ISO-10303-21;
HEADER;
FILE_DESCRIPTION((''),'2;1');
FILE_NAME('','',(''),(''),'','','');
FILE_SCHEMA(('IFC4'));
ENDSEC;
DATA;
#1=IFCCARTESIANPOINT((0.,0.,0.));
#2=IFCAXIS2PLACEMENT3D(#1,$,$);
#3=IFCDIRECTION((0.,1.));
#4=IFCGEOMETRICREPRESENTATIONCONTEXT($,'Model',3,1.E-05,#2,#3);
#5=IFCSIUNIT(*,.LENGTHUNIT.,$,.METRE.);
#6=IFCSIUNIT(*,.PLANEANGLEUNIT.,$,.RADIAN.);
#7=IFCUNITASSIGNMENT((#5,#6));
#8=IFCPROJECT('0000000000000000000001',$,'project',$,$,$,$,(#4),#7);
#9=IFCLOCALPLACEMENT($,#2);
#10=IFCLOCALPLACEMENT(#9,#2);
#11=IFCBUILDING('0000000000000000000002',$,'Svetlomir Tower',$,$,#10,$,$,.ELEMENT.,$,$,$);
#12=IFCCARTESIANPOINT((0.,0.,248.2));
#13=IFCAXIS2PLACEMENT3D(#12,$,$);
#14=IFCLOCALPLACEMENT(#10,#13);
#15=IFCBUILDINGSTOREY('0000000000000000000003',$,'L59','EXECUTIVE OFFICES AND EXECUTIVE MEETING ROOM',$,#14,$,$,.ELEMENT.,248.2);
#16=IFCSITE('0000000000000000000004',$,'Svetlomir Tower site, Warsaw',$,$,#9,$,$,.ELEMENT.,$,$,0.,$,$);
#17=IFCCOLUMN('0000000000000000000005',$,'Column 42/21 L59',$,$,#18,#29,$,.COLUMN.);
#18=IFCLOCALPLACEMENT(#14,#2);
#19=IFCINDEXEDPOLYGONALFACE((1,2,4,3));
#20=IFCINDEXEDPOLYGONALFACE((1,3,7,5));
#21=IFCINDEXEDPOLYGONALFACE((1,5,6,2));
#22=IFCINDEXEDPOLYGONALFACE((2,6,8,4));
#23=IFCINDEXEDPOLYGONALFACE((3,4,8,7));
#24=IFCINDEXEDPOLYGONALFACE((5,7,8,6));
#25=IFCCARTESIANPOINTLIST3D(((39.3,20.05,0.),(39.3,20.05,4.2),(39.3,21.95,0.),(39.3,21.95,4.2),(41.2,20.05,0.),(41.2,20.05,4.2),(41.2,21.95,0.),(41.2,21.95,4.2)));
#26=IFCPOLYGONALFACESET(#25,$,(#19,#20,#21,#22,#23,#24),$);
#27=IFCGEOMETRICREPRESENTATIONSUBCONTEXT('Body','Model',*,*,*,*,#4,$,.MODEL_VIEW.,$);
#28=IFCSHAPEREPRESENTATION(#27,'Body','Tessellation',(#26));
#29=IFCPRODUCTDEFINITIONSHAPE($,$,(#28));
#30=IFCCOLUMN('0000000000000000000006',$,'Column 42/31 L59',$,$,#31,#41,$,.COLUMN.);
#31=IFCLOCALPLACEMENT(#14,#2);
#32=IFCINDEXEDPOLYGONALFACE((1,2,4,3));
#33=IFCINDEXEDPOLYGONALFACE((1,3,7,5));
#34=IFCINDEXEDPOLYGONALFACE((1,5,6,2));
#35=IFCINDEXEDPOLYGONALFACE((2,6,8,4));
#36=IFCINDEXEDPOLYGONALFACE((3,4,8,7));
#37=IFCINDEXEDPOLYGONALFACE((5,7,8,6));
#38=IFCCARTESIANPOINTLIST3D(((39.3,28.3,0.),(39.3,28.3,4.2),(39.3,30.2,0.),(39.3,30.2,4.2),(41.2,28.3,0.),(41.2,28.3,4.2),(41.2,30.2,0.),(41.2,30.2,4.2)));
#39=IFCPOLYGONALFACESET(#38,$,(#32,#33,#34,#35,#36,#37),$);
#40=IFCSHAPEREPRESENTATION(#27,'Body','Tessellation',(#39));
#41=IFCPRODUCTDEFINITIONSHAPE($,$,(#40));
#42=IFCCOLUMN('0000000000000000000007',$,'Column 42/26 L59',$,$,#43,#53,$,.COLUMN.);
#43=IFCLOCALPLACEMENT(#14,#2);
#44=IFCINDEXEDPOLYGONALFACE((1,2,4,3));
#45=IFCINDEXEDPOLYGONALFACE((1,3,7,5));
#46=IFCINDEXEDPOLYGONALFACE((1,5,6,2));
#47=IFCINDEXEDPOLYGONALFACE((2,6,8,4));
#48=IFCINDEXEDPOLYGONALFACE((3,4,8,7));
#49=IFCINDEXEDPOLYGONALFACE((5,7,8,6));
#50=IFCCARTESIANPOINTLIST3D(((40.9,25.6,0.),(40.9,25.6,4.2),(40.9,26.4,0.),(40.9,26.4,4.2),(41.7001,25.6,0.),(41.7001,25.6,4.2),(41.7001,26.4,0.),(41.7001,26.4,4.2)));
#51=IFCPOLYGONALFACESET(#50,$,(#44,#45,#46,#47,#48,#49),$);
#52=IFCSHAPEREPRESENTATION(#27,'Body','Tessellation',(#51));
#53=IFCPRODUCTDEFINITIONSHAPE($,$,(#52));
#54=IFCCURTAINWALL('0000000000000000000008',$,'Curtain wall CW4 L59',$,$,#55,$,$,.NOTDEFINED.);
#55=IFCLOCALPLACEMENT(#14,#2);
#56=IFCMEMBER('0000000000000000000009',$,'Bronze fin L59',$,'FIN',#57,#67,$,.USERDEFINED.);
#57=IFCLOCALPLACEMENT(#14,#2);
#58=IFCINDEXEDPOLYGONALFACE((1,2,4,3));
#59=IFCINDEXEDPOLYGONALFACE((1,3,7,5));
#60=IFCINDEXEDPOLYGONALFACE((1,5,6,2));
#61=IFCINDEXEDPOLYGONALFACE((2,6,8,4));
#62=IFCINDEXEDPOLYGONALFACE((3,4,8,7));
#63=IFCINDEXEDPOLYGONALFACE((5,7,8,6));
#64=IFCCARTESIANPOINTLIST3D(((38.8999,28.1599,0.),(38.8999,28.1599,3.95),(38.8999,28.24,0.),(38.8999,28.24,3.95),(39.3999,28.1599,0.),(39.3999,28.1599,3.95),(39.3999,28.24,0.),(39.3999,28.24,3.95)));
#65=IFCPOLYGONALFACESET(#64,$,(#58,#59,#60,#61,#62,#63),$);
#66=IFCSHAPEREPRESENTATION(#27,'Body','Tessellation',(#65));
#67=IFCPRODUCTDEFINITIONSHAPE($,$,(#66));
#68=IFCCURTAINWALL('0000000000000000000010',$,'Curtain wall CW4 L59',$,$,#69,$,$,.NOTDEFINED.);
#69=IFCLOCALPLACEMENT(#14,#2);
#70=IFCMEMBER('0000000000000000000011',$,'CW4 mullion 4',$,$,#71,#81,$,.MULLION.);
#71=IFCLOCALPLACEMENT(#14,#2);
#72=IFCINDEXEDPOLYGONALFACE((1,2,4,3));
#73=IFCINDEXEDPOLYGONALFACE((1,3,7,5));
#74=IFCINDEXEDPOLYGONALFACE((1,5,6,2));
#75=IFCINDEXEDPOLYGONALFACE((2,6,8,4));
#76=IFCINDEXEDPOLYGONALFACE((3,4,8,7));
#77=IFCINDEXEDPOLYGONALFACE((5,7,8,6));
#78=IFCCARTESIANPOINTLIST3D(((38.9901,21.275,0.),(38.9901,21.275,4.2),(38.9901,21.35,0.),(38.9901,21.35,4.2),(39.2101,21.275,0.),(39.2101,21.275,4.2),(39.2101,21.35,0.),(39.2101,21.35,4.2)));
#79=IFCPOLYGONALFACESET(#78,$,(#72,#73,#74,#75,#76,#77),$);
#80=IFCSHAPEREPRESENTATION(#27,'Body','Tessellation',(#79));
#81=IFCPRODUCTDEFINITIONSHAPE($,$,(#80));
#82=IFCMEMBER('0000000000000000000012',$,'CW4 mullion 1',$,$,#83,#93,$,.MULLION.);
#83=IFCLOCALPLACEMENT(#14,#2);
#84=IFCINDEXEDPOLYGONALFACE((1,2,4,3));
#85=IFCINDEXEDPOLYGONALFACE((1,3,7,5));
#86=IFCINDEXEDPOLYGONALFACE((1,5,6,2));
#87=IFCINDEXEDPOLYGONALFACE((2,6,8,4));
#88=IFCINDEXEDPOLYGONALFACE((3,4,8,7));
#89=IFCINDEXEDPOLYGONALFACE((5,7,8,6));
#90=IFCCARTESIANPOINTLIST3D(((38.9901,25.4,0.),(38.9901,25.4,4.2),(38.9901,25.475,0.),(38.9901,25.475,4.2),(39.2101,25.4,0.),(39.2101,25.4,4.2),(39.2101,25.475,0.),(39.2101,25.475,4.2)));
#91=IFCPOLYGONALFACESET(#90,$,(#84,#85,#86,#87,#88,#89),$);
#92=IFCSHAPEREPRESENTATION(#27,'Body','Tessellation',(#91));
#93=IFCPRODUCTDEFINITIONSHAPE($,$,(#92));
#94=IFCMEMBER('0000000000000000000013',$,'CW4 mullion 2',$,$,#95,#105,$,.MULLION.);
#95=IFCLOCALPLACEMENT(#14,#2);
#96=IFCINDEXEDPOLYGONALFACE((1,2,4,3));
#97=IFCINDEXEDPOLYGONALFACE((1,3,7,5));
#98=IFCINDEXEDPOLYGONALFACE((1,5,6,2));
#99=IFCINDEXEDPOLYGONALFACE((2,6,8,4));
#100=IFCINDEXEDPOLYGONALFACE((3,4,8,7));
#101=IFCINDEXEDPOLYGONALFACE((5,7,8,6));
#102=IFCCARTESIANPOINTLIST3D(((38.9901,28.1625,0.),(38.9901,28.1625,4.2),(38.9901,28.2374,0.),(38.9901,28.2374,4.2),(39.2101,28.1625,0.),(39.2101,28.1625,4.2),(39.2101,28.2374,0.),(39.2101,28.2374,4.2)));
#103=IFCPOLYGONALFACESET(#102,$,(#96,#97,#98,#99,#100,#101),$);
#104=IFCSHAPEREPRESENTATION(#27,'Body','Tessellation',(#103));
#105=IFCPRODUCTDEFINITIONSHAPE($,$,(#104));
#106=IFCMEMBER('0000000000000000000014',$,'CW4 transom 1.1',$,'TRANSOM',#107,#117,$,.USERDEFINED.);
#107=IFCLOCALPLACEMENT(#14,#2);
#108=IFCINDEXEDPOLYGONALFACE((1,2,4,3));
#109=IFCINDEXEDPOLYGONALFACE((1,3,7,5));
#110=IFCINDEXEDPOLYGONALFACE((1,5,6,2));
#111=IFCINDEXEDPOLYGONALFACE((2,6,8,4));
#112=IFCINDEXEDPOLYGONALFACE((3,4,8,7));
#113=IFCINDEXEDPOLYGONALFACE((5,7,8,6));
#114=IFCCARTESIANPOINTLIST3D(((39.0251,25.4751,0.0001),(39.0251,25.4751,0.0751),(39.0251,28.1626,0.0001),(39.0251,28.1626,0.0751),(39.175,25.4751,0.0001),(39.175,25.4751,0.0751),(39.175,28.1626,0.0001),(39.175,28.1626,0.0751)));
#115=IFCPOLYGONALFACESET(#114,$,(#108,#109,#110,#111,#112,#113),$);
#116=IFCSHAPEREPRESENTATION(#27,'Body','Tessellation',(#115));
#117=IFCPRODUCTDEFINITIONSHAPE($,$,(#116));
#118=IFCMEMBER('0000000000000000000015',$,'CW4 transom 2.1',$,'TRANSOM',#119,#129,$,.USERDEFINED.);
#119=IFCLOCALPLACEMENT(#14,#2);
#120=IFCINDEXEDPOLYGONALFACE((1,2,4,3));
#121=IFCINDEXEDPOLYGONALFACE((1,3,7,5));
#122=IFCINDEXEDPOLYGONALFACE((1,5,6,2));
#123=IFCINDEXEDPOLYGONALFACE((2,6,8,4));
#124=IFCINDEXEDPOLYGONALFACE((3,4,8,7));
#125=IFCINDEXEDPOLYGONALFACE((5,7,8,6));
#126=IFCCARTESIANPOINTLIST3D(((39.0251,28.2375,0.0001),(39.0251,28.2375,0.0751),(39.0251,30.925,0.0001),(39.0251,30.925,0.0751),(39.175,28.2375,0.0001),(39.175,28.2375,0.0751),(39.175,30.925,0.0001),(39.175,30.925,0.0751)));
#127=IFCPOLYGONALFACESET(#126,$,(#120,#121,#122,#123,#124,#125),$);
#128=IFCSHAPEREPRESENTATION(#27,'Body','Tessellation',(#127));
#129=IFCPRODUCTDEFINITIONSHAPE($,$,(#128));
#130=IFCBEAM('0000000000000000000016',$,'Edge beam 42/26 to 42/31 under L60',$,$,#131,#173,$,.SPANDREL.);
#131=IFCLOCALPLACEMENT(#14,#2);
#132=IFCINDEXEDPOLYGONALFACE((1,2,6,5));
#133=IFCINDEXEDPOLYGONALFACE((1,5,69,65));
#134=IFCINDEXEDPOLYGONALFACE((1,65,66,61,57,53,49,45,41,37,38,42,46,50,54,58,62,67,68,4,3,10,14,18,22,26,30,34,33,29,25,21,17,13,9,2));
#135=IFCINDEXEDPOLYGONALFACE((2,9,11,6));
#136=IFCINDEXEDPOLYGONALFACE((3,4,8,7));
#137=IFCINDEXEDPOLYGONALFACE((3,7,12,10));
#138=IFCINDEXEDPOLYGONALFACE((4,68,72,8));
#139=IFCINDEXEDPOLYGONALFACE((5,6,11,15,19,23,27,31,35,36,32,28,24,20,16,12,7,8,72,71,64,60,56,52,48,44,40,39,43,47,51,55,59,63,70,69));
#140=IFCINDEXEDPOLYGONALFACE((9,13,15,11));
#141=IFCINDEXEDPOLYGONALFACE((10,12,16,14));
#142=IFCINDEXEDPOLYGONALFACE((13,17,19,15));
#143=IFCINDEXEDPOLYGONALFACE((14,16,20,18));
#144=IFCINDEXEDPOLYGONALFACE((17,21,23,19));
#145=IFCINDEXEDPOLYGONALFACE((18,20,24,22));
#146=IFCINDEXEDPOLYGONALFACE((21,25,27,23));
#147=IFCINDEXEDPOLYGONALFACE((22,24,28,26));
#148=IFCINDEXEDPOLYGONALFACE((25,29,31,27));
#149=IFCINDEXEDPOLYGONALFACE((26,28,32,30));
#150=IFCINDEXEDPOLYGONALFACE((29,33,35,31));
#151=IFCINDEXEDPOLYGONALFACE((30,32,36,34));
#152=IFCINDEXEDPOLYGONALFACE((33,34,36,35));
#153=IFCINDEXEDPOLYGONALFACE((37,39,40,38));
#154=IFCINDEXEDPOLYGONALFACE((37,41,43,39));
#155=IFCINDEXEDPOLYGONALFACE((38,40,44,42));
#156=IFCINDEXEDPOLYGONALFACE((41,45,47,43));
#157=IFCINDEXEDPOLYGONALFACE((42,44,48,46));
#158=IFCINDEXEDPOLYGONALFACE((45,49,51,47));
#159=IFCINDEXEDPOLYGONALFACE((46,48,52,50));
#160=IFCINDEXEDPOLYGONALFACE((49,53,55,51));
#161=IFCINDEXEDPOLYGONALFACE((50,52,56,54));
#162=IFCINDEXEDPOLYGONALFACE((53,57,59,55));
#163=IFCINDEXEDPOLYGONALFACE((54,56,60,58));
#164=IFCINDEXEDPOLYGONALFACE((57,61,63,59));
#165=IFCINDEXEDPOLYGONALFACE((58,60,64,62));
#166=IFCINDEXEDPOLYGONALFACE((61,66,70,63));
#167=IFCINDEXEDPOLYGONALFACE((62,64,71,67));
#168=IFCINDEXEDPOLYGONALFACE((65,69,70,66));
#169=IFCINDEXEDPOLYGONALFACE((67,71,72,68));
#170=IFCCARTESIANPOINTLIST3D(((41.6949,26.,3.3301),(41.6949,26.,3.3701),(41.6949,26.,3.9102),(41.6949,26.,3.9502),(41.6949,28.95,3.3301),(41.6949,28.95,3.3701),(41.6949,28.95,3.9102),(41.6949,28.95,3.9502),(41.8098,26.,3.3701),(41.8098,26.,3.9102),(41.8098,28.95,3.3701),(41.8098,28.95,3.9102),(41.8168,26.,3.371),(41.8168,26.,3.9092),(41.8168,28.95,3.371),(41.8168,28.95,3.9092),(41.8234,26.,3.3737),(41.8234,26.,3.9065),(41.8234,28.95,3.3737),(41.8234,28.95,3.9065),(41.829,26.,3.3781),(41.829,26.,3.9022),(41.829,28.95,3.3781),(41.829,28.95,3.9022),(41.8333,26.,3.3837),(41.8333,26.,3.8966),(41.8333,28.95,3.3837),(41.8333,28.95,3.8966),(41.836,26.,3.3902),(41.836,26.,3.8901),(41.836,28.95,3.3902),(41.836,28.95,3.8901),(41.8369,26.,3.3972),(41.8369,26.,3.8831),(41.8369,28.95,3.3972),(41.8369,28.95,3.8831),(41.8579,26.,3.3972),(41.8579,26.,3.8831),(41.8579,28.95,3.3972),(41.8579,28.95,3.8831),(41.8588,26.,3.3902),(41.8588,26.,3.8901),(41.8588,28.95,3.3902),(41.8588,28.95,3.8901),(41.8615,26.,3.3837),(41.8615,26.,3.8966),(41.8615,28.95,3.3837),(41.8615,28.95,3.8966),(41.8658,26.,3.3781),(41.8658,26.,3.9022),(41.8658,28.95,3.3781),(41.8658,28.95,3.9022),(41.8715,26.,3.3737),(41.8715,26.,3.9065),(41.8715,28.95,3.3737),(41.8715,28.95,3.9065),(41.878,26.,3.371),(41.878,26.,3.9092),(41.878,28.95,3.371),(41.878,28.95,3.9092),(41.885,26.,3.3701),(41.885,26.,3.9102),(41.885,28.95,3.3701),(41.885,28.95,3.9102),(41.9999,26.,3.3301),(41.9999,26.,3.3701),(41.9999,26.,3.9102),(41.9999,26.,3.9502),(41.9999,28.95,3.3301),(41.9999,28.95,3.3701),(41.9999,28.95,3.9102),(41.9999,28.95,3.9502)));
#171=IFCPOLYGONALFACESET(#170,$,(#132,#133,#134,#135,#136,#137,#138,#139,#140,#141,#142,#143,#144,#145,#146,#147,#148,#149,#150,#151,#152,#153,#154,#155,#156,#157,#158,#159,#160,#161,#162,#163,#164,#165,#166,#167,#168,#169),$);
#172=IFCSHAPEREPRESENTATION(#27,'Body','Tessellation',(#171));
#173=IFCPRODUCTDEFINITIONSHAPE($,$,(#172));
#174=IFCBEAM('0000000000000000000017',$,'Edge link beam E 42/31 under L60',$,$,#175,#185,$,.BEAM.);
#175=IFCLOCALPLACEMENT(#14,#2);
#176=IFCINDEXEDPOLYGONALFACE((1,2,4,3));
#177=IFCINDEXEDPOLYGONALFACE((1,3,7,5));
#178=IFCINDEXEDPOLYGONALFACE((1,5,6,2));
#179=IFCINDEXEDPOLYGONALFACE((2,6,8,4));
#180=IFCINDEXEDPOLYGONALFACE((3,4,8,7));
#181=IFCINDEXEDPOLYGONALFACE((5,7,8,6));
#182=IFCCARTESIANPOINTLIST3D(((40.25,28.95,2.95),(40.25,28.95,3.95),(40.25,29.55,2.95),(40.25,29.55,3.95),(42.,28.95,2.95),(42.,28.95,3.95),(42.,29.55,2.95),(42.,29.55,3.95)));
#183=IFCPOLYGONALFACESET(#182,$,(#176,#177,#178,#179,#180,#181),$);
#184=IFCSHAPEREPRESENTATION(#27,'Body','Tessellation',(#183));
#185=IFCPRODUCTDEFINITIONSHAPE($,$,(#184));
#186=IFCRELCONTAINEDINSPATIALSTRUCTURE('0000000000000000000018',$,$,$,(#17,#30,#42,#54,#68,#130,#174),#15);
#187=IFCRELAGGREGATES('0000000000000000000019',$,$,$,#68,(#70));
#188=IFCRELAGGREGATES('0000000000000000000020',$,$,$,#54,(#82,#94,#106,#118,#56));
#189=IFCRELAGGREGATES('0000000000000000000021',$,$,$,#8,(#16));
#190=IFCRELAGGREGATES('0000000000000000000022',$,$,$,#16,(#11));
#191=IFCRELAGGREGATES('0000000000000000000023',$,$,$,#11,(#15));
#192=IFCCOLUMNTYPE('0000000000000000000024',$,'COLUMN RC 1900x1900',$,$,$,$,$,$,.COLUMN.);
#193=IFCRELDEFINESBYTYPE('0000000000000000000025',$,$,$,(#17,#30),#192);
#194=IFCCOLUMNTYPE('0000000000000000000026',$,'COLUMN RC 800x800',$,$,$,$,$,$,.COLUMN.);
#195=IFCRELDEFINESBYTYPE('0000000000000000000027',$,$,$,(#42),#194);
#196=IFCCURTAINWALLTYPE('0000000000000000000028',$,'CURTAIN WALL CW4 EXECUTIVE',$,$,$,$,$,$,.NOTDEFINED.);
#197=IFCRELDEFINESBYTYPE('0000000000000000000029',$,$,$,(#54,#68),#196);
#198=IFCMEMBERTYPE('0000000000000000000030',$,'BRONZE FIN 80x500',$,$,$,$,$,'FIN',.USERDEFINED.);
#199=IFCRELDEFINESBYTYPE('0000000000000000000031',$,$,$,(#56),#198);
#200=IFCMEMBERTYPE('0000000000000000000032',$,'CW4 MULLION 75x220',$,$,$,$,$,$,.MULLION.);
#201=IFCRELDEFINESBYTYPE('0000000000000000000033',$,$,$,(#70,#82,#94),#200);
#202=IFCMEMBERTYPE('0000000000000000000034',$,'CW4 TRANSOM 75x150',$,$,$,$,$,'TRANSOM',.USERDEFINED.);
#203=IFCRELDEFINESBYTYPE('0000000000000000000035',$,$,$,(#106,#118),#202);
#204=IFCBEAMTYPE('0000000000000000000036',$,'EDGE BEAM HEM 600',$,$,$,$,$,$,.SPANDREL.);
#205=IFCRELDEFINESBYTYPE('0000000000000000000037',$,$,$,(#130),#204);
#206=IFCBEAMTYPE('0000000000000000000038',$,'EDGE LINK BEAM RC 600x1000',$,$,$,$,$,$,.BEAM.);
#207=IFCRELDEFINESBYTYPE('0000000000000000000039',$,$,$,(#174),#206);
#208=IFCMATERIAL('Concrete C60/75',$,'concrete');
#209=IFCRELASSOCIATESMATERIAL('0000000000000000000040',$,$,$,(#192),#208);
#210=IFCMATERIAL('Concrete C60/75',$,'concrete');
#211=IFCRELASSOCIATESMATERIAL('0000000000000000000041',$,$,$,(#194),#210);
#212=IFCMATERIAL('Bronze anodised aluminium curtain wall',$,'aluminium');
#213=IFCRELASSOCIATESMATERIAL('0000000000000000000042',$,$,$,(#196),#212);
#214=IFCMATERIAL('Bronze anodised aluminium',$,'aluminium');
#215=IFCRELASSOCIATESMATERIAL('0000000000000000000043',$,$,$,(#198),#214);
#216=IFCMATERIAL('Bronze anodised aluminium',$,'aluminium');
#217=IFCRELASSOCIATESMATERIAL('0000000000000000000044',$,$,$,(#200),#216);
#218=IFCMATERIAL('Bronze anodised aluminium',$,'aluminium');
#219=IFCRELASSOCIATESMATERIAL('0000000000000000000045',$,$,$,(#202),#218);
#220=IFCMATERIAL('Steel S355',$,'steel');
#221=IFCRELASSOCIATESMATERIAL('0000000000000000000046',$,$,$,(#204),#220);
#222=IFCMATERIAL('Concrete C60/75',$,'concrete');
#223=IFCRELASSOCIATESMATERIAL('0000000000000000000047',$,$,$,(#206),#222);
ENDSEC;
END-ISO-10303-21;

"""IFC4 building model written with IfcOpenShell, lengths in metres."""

from ifc_helpers import new_model, si_unit, direction, frame, origin, origin_2d, place, context, subcontext, project, spatial, rectangle, i_section, extrude, material, material_profile, profile_set, type_object, element, aggregate, save


model = new_model("IFC4")

# Units and contexts
model_context = context("Model", 3, precision=1e-05, world=origin(), true_north=direction((0.0, 1.0)))
body_context = subcontext(model_context, "Body", "Model", "MODEL_VIEW")
ifc_project = project(units=[si_unit("LENGTHUNIT", "METRE"), si_unit("PLANEANGLEUNIT", "RADIAN")], contexts=[model_context])

# Site, building, storey
site_placement = place(None, origin())
site = spatial("IfcSite", under=ifc_project, at=site_placement, Name="Svetlomir Tower site, Warsaw", CompositionType="ELEMENT", RefElevation=0.0)
building_placement = place(site_placement, origin())
building = spatial("IfcBuilding", under=site, at=building_placement, Name="Svetlomir Tower", CompositionType="ELEMENT")
storey_placement = place(building_placement, frame((0.0, 0.0, 248.2)))
storey = spatial("IfcBuildingStorey", under=building, at=storey_placement, Name="L59", Description="EXECUTIVE OFFICES AND EXECUTIVE MEETING ROOM", CompositionType="ELEMENT", Elevation=248.2)

# Columns
ifc_material_1 = material(Name="Concrete C60/75", Category="concrete")
ifc_material_profile_1 = material_profile(ifc_material_1, rectangle(XDim=1.8999, YDim=1.8999, at=origin_2d()), Name="RC 1900x1900")
ifc_profile_set_1 = profile_set([ifc_material_profile_1], Name="Concrete C60/75")
column_type_1 = type_object("IfcColumnType", Name="COLUMN RC 1900x1900", PredefinedType="COLUMN", material=ifc_profile_set_1)
for number, where, z_axis, x_axis, name in (
    (1, (40.25, 21.0, 0.0), (0.0, 0.0, 1.0), (1.0, 0.0, 0.0), "Column 42/21 L59"),
    (2, (40.25, 29.25, 0.0), (0.0, 0.0, 1.0), (1.0, 0.0, 0.0), "Column 42/31 L59"),
):
    element("IfcColumn", number, at=place(storey_placement, frame(where, z_axis=z_axis, x_axis=x_axis)), inside=storey, type_object=column_type_1, Name=name, PredefinedType="COLUMN", context=body_context, shape_type="SweptSolid", body=[
        extrude(rectangle(XDim=1.8999, YDim=1.8999, at=origin_2d()), origin(), (0.0, 0.0, 1.0), 4.2),
    ])
ifc_material_2 = material(Name="Concrete C60/75", Category="concrete")
ifc_material_profile_2 = material_profile(ifc_material_2, rectangle(XDim=0.8, YDim=0.8, at=origin_2d()), Name="RC 800x800")
ifc_profile_set_2 = profile_set([ifc_material_profile_2], Name="Concrete C60/75")
column_type_2 = type_object("IfcColumnType", Name="COLUMN RC 800x800", PredefinedType="COLUMN", material=ifc_profile_set_2)
column_placement = place(storey_placement, frame((41.3, 26.0, 0.0), z_axis=(0.0, 0.0, 1.0), x_axis=(1.0, 0.0, 0.0)))
element("IfcColumn", 3, at=column_placement, inside=storey, type_object=column_type_2, Name="Column 42/26 L59", PredefinedType="COLUMN", context=body_context, shape_type="SweptSolid", body=[
    extrude(rectangle(XDim=0.8, YDim=0.8, at=origin_2d()), origin(), (0.0, 0.0, 1.0), 4.2),
])

# Curtain walls, members
ifc_material_3 = material(Name="Bronze anodised aluminium curtain wall", Category="aluminium")
curtain_wall_type = type_object("IfcCurtainWallType", Name="CURTAIN WALL CW4 EXECUTIVE", PredefinedType="NOTDEFINED", material=ifc_material_3)
curtain_wall_1_placement = place(storey_placement, origin())
curtain_wall_1 = element("IfcCurtainWall", 4, at=curtain_wall_1_placement, inside=storey, type_object=curtain_wall_type, Name="Curtain wall CW4 L59", PredefinedType="NOTDEFINED")
ifc_material_4 = material(Name="Bronze anodised aluminium", Category="aluminium")
ifc_material_profile_3 = material_profile(ifc_material_4, rectangle(XDim=0.0801, YDim=0.5, at=origin_2d()), Name="FIN 80x500")
ifc_profile_set_3 = profile_set([ifc_material_profile_3], Name="Bronze anodised aluminium 6063-T6")
member_type_1 = type_object("IfcMemberType", Name="BRONZE FIN 80x500", ElementType="FIN", PredefinedType="USERDEFINED", material=ifc_profile_set_3)
member_1_placement = place(storey_placement, frame((39.1499, 28.2, 0.0), z_axis=(0.0, 0.0, 1.0), x_axis=(0.0, 1.0, 0.0)))
member_1 = element("IfcMember", 5, at=member_1_placement, type_object=member_type_1, Name="Bronze fin L59", ObjectType="FIN", PredefinedType="USERDEFINED", context=body_context, shape_type="SweptSolid", body=[
    extrude(rectangle(XDim=0.0801, YDim=0.5, at=origin_2d()), origin(), (0.0, 0.0, 1.0), 3.95),
])
curtain_wall_2_placement = place(storey_placement, origin())
curtain_wall_2 = element("IfcCurtainWall", 6, at=curtain_wall_2_placement, inside=storey, type_object=curtain_wall_type, Name="Curtain wall CW4 L59", PredefinedType="NOTDEFINED")
ifc_material_5 = material(Name="Bronze anodised aluminium", Category="aluminium")
ifc_material_profile_4 = material_profile(ifc_material_5, rectangle(XDim=0.075, YDim=0.22, at=origin_2d()), Name="AL 75x220")
ifc_profile_set_4 = profile_set([ifc_material_profile_4], Name="Bronze anodised aluminium 6063-T6")
member_type_2 = type_object("IfcMemberType", Name="CW4 MULLION 75x220", PredefinedType="MULLION", material=ifc_profile_set_4)
member_2_placement = place(storey_placement, frame((39.1001, 21.3125, 0.0), z_axis=(0.0, 0.0, 1.0), x_axis=(0.0, 1.0, 0.0)))
member_2 = element("IfcMember", 7, at=member_2_placement, type_object=member_type_2, Name="CW4 mullion 4", PredefinedType="MULLION", context=body_context, shape_type="SweptSolid", body=[
    extrude(rectangle(XDim=0.075, YDim=0.22, at=origin_2d()), origin(), (0.0, 0.0, 1.0), 4.2),
])
aggregate(curtain_wall_2, [member_2])

# Members
member_3_placement = place(storey_placement, frame((39.1001, 25.4375, 0.0), z_axis=(0.0, 0.0, 1.0), x_axis=(0.0, 1.0, 0.0)))
member_3 = element("IfcMember", 8, at=member_3_placement, type_object=member_type_2, Name="CW4 mullion 1", PredefinedType="MULLION", context=body_context, shape_type="SweptSolid", body=[
    extrude(rectangle(XDim=0.075, YDim=0.22, at=origin_2d()), origin(), (0.0, 0.0, 1.0), 4.2),
])
member_4_placement = place(storey_placement, frame((39.1001, 28.2, 0.0), z_axis=(0.0, 0.0, 1.0), x_axis=(0.0, 1.0, 0.0)))
member_4 = element("IfcMember", 9, at=member_4_placement, type_object=member_type_2, Name="CW4 mullion 2", PredefinedType="MULLION", context=body_context, shape_type="SweptSolid", body=[
    extrude(rectangle(XDim=0.075, YDim=0.22, at=origin_2d()), origin(), (0.0, 0.0, 1.0), 4.2),
])
ifc_material_6 = material(Name="Bronze anodised aluminium", Category="aluminium")
ifc_material_profile_5 = material_profile(ifc_material_6, rectangle(XDim=0.1499, YDim=0.075, at=origin_2d()), Name="AL 150x75")
ifc_profile_set_5 = profile_set([ifc_material_profile_5], Name="Bronze anodised aluminium 6063-T6")
member_type_3 = type_object("IfcMemberType", Name="CW4 TRANSOM 75x150", ElementType="TRANSOM", PredefinedType="USERDEFINED", material=ifc_profile_set_5)
member_5_placement = place(storey_placement, frame((39.1001, 25.4751, 0.0376), z_axis=(0.0, 1.0, 0.0), x_axis=(-1.0, 0.0, 0.0)))
member_5 = element("IfcMember", 10, at=member_5_placement, type_object=member_type_3, Name="CW4 transom 1.1", ObjectType="TRANSOM", PredefinedType="USERDEFINED", context=body_context, shape_type="SweptSolid", body=[
    extrude(rectangle(XDim=0.1499, YDim=0.075, at=origin_2d()), origin(), (0.0, 0.0, 1.0), 2.6875),
])
member_6_placement = place(storey_placement, frame((39.1001, 28.2375, 0.0376), z_axis=(0.0, 1.0, 0.0), x_axis=(-1.0, 0.0, 0.0)))
member_6 = element("IfcMember", 11, at=member_6_placement, type_object=member_type_3, Name="CW4 transom 2.1", ObjectType="TRANSOM", PredefinedType="USERDEFINED", context=body_context, shape_type="SweptSolid", body=[
    extrude(rectangle(XDim=0.1499, YDim=0.075, at=origin_2d()), origin(), (0.0, 0.0, 1.0), 2.6875),
])

# Beams
ifc_material_7 = material(Name="Steel S355", Category="steel")
ifc_material_profile_6 = material_profile(ifc_material_7, i_section(OverallWidth=0.3049, OverallDepth=0.6201, WebThickness=0.021, FlangeThickness=0.04, FilletRadius=0.0271, at=origin_2d()), Name="HEM 600")
ifc_profile_set_6 = profile_set([ifc_material_profile_6], Name="Steel S355")
beam_type_1 = type_object("IfcBeamType", Name="EDGE BEAM HEM 600", PredefinedType="SPANDREL", material=ifc_profile_set_6)
beam_1_placement = place(storey_placement, frame((41.8474, 26.0, 3.6401), z_axis=(0.0, 1.0, 0.0), x_axis=(-1.0, 0.0, 0.0)))
element("IfcBeam", 12, at=beam_1_placement, inside=storey, type_object=beam_type_1, Name="Edge beam 42/26 to 42/31 under L60", PredefinedType="SPANDREL", context=body_context, shape_type="SweptSolid", body=[
    extrude(i_section(OverallWidth=0.3049, OverallDepth=0.6201, WebThickness=0.021, FlangeThickness=0.04, FilletRadius=0.0271, at=origin_2d()), origin(), (0.0, 0.0, 1.0), 2.95),
])
ifc_material_8 = material(Name="Concrete C60/75", Category="concrete")
ifc_material_profile_7 = material_profile(ifc_material_8, rectangle(XDim=0.6001, YDim=1.0, at=origin_2d()), Name="RC 600x1000")
ifc_profile_set_7 = profile_set([ifc_material_profile_7], Name="Concrete C60/75")
beam_type_2 = type_object("IfcBeamType", Name="EDGE LINK BEAM RC 600x1000", PredefinedType="BEAM", material=ifc_profile_set_7)
beam_2_placement = place(storey_placement, frame((40.25, 29.25, 3.45), z_axis=(1.0, 0.0, 0.0), x_axis=(0.0, 1.0, 0.0)))
element("IfcBeam", 13, at=beam_2_placement, inside=storey, type_object=beam_type_2, Name="Edge link beam E 42/31 under L60", PredefinedType="BEAM", context=body_context, shape_type="SweptSolid", body=[
    extrude(rectangle(XDim=0.6001, YDim=1.0, at=origin_2d()), origin(), (0.0, 0.0, 1.0), 1.75),
])

aggregate(curtain_wall_1, [member_3, member_4, member_5, member_6, member_1])

save(model, "model.ifc")
